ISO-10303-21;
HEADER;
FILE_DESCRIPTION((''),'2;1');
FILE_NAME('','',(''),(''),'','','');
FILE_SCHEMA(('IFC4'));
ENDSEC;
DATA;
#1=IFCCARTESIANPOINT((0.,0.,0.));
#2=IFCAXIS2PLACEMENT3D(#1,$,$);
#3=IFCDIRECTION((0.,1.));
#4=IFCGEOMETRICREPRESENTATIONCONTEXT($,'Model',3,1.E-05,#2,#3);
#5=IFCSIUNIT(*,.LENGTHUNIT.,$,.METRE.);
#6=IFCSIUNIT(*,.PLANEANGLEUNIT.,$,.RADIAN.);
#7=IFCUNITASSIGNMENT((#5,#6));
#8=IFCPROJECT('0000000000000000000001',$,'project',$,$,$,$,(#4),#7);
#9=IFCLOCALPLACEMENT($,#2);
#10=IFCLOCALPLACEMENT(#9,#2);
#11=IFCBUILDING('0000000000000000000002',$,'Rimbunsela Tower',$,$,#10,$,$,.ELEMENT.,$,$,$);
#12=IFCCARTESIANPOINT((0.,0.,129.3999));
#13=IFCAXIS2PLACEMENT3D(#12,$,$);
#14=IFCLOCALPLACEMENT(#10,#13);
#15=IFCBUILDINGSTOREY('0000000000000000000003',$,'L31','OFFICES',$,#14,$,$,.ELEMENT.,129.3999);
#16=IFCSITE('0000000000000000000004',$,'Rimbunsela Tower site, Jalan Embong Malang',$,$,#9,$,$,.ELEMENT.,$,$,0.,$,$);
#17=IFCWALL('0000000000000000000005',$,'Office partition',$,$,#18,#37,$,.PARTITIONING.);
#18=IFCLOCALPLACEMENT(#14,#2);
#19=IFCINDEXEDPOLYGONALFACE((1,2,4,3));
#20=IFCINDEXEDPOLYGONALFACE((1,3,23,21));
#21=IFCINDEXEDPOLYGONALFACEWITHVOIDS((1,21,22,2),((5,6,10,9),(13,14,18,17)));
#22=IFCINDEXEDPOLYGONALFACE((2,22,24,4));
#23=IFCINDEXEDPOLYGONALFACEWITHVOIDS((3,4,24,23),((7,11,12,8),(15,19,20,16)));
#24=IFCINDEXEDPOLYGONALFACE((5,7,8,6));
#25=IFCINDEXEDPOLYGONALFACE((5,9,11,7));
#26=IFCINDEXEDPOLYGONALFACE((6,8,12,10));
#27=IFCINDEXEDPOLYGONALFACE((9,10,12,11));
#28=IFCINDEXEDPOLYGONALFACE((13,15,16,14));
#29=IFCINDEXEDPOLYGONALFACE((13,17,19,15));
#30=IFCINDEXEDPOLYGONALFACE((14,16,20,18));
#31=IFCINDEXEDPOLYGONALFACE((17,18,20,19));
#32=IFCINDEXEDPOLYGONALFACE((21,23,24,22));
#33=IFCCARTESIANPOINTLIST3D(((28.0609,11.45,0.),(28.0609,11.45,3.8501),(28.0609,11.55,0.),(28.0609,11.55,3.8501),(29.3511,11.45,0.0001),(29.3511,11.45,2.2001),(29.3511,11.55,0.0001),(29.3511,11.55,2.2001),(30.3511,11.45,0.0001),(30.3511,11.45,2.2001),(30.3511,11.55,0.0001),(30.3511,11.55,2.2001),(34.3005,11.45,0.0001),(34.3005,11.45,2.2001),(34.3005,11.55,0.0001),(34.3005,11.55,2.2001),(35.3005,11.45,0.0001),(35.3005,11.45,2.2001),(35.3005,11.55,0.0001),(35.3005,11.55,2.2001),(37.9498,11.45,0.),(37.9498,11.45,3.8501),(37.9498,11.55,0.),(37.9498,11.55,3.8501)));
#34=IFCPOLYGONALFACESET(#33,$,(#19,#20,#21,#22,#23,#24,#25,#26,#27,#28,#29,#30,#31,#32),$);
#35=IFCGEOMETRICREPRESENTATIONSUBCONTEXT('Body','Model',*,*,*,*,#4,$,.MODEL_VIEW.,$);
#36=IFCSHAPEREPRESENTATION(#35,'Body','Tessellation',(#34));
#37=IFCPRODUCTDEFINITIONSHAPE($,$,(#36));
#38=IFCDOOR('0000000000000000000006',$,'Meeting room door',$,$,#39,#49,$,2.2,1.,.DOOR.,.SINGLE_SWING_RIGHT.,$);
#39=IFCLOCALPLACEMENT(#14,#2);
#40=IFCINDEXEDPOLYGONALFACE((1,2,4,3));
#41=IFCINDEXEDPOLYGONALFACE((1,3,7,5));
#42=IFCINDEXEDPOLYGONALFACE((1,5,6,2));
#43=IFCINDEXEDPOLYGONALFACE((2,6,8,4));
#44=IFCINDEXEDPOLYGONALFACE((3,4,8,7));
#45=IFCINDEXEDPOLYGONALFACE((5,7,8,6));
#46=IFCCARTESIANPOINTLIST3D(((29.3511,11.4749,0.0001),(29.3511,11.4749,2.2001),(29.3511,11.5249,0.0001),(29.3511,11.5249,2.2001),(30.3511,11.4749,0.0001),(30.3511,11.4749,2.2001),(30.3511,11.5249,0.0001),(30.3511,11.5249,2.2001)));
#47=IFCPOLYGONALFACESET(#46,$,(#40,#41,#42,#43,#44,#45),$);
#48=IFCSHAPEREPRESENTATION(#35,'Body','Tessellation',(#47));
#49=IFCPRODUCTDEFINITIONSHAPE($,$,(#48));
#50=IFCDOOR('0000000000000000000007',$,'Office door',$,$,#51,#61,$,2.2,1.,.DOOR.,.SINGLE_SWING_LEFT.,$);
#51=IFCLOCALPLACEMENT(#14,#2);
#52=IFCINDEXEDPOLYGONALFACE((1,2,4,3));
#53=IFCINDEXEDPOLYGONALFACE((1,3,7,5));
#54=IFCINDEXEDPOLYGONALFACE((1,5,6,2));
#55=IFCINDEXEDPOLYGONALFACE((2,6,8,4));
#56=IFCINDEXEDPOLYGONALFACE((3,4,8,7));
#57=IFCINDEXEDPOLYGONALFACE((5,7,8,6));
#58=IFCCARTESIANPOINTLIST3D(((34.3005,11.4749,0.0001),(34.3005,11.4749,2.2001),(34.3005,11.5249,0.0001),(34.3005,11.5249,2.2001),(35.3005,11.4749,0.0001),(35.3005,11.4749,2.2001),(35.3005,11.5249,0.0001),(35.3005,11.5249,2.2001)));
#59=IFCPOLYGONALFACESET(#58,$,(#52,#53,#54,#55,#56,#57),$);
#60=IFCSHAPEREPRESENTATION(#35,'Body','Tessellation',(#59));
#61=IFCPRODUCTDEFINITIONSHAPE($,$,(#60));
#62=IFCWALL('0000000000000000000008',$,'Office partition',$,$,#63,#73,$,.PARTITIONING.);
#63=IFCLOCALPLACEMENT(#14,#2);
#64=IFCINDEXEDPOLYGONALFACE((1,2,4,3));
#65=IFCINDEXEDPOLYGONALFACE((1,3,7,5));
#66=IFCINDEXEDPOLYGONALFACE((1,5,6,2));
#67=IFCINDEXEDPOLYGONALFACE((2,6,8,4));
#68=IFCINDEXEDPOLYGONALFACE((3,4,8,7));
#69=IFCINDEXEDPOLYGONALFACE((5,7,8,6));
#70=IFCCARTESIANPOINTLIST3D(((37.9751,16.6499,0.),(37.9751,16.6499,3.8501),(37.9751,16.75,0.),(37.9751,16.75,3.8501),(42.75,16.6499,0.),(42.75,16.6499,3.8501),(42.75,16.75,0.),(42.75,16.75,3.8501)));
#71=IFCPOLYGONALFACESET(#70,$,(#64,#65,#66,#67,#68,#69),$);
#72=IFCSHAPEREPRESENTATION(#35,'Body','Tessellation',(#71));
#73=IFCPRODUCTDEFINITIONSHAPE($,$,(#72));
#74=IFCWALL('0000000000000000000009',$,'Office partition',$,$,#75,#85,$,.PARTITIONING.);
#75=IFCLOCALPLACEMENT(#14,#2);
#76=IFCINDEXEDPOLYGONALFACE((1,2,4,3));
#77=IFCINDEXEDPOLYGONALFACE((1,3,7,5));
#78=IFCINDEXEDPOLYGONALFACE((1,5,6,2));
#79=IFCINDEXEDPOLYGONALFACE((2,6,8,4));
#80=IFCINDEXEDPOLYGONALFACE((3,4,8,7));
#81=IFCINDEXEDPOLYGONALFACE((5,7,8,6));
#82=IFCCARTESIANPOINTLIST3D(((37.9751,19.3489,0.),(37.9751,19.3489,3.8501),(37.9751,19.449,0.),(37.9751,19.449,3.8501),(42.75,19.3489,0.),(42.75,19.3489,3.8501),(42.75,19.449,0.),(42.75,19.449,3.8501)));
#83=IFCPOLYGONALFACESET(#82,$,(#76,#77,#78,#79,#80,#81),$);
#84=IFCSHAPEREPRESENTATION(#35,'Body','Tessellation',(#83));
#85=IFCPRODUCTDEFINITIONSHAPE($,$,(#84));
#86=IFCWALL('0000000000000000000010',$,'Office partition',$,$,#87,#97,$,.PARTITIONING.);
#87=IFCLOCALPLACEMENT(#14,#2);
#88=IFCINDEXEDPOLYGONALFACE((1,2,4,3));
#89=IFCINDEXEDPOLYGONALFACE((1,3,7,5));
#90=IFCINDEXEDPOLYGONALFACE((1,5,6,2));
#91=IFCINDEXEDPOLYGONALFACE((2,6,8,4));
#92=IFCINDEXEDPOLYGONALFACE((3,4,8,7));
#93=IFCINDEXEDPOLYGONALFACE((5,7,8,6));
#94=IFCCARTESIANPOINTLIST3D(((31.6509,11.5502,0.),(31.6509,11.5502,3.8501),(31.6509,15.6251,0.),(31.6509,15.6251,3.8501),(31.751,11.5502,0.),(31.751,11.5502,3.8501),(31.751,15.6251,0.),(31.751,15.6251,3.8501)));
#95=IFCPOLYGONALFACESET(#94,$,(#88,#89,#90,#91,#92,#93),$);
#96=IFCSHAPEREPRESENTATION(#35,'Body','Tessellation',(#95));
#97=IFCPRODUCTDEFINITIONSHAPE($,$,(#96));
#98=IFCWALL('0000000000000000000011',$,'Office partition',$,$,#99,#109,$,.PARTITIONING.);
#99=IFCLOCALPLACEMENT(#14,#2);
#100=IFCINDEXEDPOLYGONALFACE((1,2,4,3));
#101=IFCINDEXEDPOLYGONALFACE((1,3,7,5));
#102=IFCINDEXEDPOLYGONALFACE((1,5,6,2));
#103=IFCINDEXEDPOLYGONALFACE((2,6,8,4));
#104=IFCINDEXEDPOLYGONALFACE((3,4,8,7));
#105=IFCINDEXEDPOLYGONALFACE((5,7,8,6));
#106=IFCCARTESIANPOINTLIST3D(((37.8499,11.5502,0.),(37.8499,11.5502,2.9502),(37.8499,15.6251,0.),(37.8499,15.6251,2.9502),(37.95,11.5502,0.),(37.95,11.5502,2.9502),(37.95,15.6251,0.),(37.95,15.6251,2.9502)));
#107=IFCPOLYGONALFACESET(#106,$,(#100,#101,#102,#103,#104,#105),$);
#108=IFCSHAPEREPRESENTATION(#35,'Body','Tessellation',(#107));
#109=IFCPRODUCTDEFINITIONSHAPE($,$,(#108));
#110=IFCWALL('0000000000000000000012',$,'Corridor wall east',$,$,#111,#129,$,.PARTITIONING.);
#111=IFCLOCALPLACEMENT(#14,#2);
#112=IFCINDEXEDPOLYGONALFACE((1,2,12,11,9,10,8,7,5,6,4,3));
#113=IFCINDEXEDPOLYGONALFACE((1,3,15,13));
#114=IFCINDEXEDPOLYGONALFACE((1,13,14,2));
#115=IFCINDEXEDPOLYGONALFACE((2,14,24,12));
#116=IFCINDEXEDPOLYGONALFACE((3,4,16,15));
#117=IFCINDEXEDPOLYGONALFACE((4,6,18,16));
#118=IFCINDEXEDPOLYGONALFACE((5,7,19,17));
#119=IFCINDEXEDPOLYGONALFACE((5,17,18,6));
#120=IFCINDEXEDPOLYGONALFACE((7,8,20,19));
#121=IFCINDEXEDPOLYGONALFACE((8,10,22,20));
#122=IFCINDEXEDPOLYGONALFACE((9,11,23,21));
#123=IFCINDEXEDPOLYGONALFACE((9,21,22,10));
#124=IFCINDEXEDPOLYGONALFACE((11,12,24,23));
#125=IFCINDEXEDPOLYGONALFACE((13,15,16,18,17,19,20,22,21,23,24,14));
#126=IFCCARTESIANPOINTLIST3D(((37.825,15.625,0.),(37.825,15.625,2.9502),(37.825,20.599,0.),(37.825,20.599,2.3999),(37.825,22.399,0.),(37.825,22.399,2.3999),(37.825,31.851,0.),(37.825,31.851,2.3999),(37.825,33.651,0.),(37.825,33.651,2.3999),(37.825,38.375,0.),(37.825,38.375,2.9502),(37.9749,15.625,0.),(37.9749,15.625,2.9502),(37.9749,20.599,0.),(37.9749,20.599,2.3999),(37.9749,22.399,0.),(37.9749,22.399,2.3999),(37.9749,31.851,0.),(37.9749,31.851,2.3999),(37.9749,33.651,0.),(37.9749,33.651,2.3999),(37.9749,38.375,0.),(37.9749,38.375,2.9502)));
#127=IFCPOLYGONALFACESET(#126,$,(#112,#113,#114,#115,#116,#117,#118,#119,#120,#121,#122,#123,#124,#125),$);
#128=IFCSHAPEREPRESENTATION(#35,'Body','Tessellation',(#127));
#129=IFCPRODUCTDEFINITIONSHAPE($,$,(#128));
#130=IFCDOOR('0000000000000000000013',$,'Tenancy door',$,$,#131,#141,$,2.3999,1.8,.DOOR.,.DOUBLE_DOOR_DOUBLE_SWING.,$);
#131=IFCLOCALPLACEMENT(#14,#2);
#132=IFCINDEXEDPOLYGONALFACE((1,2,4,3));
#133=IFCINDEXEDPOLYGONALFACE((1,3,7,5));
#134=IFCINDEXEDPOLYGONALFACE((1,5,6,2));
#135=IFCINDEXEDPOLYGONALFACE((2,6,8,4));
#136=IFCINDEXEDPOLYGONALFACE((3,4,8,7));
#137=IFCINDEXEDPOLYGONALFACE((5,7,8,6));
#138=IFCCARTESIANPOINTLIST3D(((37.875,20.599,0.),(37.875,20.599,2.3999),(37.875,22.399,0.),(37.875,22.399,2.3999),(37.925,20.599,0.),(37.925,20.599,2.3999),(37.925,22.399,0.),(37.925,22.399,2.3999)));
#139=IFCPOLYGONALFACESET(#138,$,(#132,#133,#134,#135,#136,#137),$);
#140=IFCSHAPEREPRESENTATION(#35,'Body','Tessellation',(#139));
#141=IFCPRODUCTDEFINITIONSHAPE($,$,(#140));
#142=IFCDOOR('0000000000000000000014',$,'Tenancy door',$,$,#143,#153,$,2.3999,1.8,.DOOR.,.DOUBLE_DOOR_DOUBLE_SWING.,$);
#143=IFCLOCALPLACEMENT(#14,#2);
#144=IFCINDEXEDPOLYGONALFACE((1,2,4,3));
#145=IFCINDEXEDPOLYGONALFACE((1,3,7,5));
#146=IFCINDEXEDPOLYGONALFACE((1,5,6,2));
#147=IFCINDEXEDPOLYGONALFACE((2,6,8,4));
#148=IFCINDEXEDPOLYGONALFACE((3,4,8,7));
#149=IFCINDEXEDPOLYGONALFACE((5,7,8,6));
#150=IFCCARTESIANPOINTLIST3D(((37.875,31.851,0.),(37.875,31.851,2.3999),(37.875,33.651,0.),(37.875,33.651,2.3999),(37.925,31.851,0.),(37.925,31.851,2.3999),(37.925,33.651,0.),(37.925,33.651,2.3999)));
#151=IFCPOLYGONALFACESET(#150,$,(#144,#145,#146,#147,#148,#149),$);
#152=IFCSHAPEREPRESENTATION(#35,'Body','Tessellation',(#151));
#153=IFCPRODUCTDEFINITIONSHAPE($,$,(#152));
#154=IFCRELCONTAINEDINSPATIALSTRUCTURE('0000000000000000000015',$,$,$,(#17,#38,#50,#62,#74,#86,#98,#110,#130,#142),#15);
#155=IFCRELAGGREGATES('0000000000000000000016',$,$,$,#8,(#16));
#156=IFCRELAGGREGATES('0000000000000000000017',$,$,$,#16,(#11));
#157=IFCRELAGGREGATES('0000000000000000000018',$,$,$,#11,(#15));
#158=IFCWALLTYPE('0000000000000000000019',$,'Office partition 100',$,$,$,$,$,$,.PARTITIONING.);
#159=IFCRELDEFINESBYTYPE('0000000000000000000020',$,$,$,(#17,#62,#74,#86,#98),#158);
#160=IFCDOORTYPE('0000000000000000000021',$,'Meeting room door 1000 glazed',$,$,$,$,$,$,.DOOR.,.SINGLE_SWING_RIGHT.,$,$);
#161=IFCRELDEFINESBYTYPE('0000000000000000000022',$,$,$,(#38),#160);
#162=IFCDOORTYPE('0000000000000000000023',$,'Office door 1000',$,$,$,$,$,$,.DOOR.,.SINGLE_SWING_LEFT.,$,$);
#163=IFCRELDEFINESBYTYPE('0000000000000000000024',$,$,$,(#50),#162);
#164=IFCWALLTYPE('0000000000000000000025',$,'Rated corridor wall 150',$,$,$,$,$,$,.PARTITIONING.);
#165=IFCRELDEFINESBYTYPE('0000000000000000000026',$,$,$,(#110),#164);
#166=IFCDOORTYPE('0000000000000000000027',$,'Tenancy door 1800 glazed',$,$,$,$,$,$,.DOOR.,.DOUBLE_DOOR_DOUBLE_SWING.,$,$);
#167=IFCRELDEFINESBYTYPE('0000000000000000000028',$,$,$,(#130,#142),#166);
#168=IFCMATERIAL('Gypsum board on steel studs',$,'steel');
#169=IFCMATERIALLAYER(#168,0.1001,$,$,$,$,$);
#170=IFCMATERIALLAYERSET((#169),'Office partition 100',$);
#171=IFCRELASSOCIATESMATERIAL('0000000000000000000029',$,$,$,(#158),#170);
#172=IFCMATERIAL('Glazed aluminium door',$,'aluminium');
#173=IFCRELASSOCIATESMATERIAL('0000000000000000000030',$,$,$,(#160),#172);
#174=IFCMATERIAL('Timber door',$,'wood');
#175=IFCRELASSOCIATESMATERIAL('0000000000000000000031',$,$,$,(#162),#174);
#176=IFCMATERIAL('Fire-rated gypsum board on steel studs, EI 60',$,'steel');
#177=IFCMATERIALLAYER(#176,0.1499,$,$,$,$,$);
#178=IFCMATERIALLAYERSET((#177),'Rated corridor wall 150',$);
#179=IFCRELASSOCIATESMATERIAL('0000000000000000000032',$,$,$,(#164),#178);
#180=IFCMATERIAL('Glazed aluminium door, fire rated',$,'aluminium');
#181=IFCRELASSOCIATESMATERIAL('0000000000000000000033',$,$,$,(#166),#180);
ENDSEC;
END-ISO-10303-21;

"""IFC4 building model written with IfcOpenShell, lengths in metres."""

from ifc_helpers import new_model, si_unit, direction, frame, frame_2d, origin, place, context, subcontext, project, spatial, rectangle, extrude, material, layer, layer_set, type_object, element, fill, save


model = new_model("IFC4")

# Units and contexts
model_context = context("Model", 3, precision=1e-05, world=origin(), true_north=direction((0.0, 1.0)))
body_context = subcontext(model_context, "Body", "Model", "MODEL_VIEW")
ifc_project = project(units=[si_unit("LENGTHUNIT", "METRE"), si_unit("PLANEANGLEUNIT", "RADIAN")], contexts=[model_context])

# Site, building, storey
site_placement = place(None, origin())
site = spatial("IfcSite", under=ifc_project, at=site_placement, Name="Rimbunsela Tower site, Jalan Embong Malang", CompositionType="ELEMENT", RefElevation=0.0)
building_placement = place(site_placement, origin())
building = spatial("IfcBuilding", under=site, at=building_placement, Name="Rimbunsela Tower", CompositionType="ELEMENT")
storey_placement = place(building_placement, frame((0.0, 0.0, 129.3999)))
storey = spatial("IfcBuildingStorey", under=building, at=storey_placement, Name="L31", Description="OFFICES", CompositionType="ELEMENT", Elevation=129.3999)

# Wall, openings, doors
ifc_material_1 = material(Name="Gypsum board on steel studs", Category="steel")
ifc_layer_1 = layer(ifc_material_1, 0.1001)
ifc_layer_set_1 = layer_set([ifc_layer_1], Name="Office partition 100")
wall_type_1 = type_object("IfcWallType", Name="Office partition 100", PredefinedType="PARTITIONING", material=ifc_layer_set_1)
wall_1_placement = place(storey_placement, frame((28.061, 11.5, 0.0), z_axis=(0.0, 0.0, 1.0), x_axis=(1.0, 0.0, 0.0)))
wall_1 = element("IfcWall", 1, at=wall_1_placement, inside=storey, type_object=wall_type_1, Name="Office partition", PredefinedType="PARTITIONING", context=body_context, shape_type="SweptSolid", body=[
    extrude(rectangle(XDim=9.8889, YDim=0.1001, at=frame_2d((4.9443, 0.0))), origin(), (0.0, 0.0, 1.0), 3.8501),
])
opening_1_placement = place(wall_1_placement, frame((1.29, 0.0, 0.0)))
opening_1 = element("IfcOpeningElement", 2, at=opening_1_placement, cuts=wall_1, PredefinedType="OPENING", context=body_context, shape_type="SweptSolid", body=[
    extrude(rectangle(XDim=1.0, YDim=2.2, at=frame_2d((0.5, 1.1001))), frame((0.0, 0.0601, 0.0), z_axis=(0.0, -1.0, 0.0), x_axis=(1.0, 0.0, 0.0)), (0.0, 0.0, 1.0), 0.1201),
])
opening_2_placement = place(wall_1_placement, frame((6.2395, 0.0, 0.0)))
opening_2 = element("IfcOpeningElement", 3, at=opening_2_placement, cuts=wall_1, PredefinedType="OPENING", context=body_context, shape_type="SweptSolid", body=[
    extrude(rectangle(XDim=1.0, YDim=2.2, at=frame_2d((0.5, 1.1001))), frame((0.0, 0.0601, 0.0), z_axis=(0.0, -1.0, 0.0), x_axis=(1.0, 0.0, 0.0)), (0.0, 0.0, 1.0), 0.1201),
])
ifc_material_2 = material(Name="Glazed aluminium door", Category="aluminium")
door_type_1 = type_object("IfcDoorType", Name="Meeting room door 1000 glazed", OperationType="SINGLE_SWING_RIGHT", PredefinedType="DOOR", material=ifc_material_2)
door_1_placement = place(opening_1_placement, origin())
door_1 = element("IfcDoor", 4, at=door_1_placement, inside=storey, type_object=door_type_1, Name="Meeting room door", OperationType="SINGLE_SWING_RIGHT", OverallHeight=2.2, OverallWidth=1.0, PredefinedType="DOOR", context=body_context, shape_type="SweptSolid", body=[
    extrude(rectangle(XDim=1.0, YDim=2.2, at=frame_2d((0.5, 1.1001))), frame((0.0, 0.0249, 0.0), z_axis=(0.0, -1.0, 0.0), x_axis=(1.0, 0.0, 0.0)), (0.0, 0.0, 1.0), 0.05),
])
fill(opening_1, door_1)
ifc_material_3 = material(Name="Timber door", Category="wood")
door_type_2 = type_object("IfcDoorType", Name="Office door 1000", OperationType="SINGLE_SWING_LEFT", PredefinedType="DOOR", material=ifc_material_3)
door_2_placement = place(opening_2_placement, origin())
door_2 = element("IfcDoor", 5, at=door_2_placement, inside=storey, type_object=door_type_2, Name="Office door", OperationType="SINGLE_SWING_LEFT", OverallHeight=2.2, OverallWidth=1.0, PredefinedType="DOOR", context=body_context, shape_type="SweptSolid", body=[
    extrude(rectangle(XDim=1.0, YDim=2.2, at=frame_2d((0.5, 1.1001))), frame((0.0, 0.0249, 0.0), z_axis=(0.0, -1.0, 0.0), x_axis=(1.0, 0.0, 0.0)), (0.0, 0.0, 1.0), 0.05),
])
fill(opening_2, door_2)

# Walls
for number, where, z_axis, x_axis, name in (
    (6, (37.9751, 16.7, 0.0), (0.0, 0.0, 1.0), (1.0, 0.0, 0.0), "Office partition"),
    (7, (37.9751, 19.3989, 0.0), (0.0, 0.0, 1.0), (1.0, 0.0, 0.0), "Office partition"),
):
    element("IfcWall", number, at=place(storey_placement, frame(where, z_axis=z_axis, x_axis=x_axis)), inside=storey, type_object=wall_type_1, Name=name, PredefinedType="PARTITIONING", context=body_context, shape_type="SweptSolid", body=[
        extrude(rectangle(XDim=4.7749, YDim=0.1001, at=frame_2d((2.3875, 0.0))), origin(), (0.0, 0.0, 1.0), 3.8501),
    ])
wall_2_placement = place(storey_placement, frame((31.7009, 11.55, 0.0), z_axis=(0.0, 0.0, 1.0), x_axis=(0.0, 1.0, 0.0)))
element("IfcWall", 8, at=wall_2_placement, inside=storey, type_object=wall_type_1, Name="Office partition", PredefinedType="PARTITIONING", context=body_context, shape_type="SweptSolid", body=[
    extrude(rectangle(XDim=4.075, YDim=0.1001, at=frame_2d((2.0376, 0.0))), origin(), (0.0, 0.0, 1.0), 3.8501),
])
wall_3_placement = place(storey_placement, frame((37.8999, 11.55, 0.0), z_axis=(0.0, 0.0, 1.0), x_axis=(0.0, 1.0, 0.0)))
element("IfcWall", 9, at=wall_3_placement, inside=storey, type_object=wall_type_1, Name="Office partition", PredefinedType="PARTITIONING", context=body_context, shape_type="SweptSolid", body=[
    extrude(rectangle(XDim=4.075, YDim=0.1001, at=frame_2d((2.0376, 0.0))), origin(), (0.0, 0.0, 1.0), 2.9502),
])

# Wall, openings, doors
ifc_material_4 = material(Name="Fire-rated gypsum board on steel studs, EI 60", Category="steel")
ifc_layer_2 = layer(ifc_material_4, 0.1499)
ifc_layer_set_2 = layer_set([ifc_layer_2], Name="Rated corridor wall 150")
wall_type_2 = type_object("IfcWallType", Name="Rated corridor wall 150", PredefinedType="PARTITIONING", material=ifc_layer_set_2)
wall_4_placement = place(storey_placement, frame((37.8999, 15.625, 0.0), z_axis=(0.0, 0.0, 1.0), x_axis=(0.0, 1.0, 0.0)))
wall_4 = element("IfcWall", 10, at=wall_4_placement, inside=storey, type_object=wall_type_2, Name="Corridor wall east", PredefinedType="PARTITIONING", context=body_context, shape_type="SweptSolid", body=[
    extrude(rectangle(XDim=22.75, YDim=0.1499, at=frame_2d((11.375, 0.0))), origin(), (0.0, 0.0, 1.0), 2.9502),
])
opening_3_placement = place(wall_4_placement, frame((4.9741, 0.0, 0.0)))
opening_3 = element("IfcOpeningElement", 11, at=opening_3_placement, cuts=wall_4, PredefinedType="OPENING", context=body_context, shape_type="SweptSolid", body=[
    extrude(rectangle(XDim=1.8, YDim=2.3999, at=frame_2d((0.8999, 1.2))), frame((0.0, 0.085, 0.0), z_axis=(0.0, -1.0, 0.0), x_axis=(1.0, 0.0, 0.0)), (0.0, 0.0, 1.0), 0.1699),
])
opening_4_placement = place(wall_4_placement, frame((16.2261, 0.0, 0.0)))
opening_4 = element("IfcOpeningElement", 12, at=opening_4_placement, cuts=wall_4, PredefinedType="OPENING", context=body_context, shape_type="SweptSolid", body=[
    extrude(rectangle(XDim=1.8, YDim=2.3999, at=frame_2d((0.8999, 1.2))), frame((0.0, 0.085, 0.0), z_axis=(0.0, -1.0, 0.0), x_axis=(1.0, 0.0, 0.0)), (0.0, 0.0, 1.0), 0.1699),
])
ifc_material_5 = material(Name="Glazed aluminium door, fire rated", Category="aluminium")
door_type_3 = type_object("IfcDoorType", Name="Tenancy door 1800 glazed", OperationType="DOUBLE_DOOR_DOUBLE_SWING", PredefinedType="DOOR", material=ifc_material_5)
door_3_placement = place(opening_3_placement, origin())
door_3 = element("IfcDoor", 13, at=door_3_placement, inside=storey, type_object=door_type_3, Name="Tenancy door", OperationType="DOUBLE_DOOR_DOUBLE_SWING", OverallHeight=2.3999, OverallWidth=1.8, PredefinedType="DOOR", context=body_context, shape_type="SweptSolid", body=[
    extrude(rectangle(XDim=1.8, YDim=2.3999, at=frame_2d((0.8999, 1.2))), frame((0.0, 0.0249, 0.0), z_axis=(0.0, -1.0, 0.0), x_axis=(1.0, 0.0, 0.0)), (0.0, 0.0, 1.0), 0.05),
])
fill(opening_3, door_3)
door_4_placement = place(opening_4_placement, origin())
door_4 = element("IfcDoor", 14, at=door_4_placement, inside=storey, type_object=door_type_3, Name="Tenancy door", OperationType="DOUBLE_DOOR_DOUBLE_SWING", OverallHeight=2.3999, OverallWidth=1.8, PredefinedType="DOOR", context=body_context, shape_type="SweptSolid", body=[
    extrude(rectangle(XDim=1.8, YDim=2.3999, at=frame_2d((0.8999, 1.2))), frame((0.0, 0.0249, 0.0), z_axis=(0.0, -1.0, 0.0), x_axis=(1.0, 0.0, 0.0)), (0.0, 0.0, 1.0), 0.05),
])
fill(opening_4, door_4)

save(model, "model.ifc")
